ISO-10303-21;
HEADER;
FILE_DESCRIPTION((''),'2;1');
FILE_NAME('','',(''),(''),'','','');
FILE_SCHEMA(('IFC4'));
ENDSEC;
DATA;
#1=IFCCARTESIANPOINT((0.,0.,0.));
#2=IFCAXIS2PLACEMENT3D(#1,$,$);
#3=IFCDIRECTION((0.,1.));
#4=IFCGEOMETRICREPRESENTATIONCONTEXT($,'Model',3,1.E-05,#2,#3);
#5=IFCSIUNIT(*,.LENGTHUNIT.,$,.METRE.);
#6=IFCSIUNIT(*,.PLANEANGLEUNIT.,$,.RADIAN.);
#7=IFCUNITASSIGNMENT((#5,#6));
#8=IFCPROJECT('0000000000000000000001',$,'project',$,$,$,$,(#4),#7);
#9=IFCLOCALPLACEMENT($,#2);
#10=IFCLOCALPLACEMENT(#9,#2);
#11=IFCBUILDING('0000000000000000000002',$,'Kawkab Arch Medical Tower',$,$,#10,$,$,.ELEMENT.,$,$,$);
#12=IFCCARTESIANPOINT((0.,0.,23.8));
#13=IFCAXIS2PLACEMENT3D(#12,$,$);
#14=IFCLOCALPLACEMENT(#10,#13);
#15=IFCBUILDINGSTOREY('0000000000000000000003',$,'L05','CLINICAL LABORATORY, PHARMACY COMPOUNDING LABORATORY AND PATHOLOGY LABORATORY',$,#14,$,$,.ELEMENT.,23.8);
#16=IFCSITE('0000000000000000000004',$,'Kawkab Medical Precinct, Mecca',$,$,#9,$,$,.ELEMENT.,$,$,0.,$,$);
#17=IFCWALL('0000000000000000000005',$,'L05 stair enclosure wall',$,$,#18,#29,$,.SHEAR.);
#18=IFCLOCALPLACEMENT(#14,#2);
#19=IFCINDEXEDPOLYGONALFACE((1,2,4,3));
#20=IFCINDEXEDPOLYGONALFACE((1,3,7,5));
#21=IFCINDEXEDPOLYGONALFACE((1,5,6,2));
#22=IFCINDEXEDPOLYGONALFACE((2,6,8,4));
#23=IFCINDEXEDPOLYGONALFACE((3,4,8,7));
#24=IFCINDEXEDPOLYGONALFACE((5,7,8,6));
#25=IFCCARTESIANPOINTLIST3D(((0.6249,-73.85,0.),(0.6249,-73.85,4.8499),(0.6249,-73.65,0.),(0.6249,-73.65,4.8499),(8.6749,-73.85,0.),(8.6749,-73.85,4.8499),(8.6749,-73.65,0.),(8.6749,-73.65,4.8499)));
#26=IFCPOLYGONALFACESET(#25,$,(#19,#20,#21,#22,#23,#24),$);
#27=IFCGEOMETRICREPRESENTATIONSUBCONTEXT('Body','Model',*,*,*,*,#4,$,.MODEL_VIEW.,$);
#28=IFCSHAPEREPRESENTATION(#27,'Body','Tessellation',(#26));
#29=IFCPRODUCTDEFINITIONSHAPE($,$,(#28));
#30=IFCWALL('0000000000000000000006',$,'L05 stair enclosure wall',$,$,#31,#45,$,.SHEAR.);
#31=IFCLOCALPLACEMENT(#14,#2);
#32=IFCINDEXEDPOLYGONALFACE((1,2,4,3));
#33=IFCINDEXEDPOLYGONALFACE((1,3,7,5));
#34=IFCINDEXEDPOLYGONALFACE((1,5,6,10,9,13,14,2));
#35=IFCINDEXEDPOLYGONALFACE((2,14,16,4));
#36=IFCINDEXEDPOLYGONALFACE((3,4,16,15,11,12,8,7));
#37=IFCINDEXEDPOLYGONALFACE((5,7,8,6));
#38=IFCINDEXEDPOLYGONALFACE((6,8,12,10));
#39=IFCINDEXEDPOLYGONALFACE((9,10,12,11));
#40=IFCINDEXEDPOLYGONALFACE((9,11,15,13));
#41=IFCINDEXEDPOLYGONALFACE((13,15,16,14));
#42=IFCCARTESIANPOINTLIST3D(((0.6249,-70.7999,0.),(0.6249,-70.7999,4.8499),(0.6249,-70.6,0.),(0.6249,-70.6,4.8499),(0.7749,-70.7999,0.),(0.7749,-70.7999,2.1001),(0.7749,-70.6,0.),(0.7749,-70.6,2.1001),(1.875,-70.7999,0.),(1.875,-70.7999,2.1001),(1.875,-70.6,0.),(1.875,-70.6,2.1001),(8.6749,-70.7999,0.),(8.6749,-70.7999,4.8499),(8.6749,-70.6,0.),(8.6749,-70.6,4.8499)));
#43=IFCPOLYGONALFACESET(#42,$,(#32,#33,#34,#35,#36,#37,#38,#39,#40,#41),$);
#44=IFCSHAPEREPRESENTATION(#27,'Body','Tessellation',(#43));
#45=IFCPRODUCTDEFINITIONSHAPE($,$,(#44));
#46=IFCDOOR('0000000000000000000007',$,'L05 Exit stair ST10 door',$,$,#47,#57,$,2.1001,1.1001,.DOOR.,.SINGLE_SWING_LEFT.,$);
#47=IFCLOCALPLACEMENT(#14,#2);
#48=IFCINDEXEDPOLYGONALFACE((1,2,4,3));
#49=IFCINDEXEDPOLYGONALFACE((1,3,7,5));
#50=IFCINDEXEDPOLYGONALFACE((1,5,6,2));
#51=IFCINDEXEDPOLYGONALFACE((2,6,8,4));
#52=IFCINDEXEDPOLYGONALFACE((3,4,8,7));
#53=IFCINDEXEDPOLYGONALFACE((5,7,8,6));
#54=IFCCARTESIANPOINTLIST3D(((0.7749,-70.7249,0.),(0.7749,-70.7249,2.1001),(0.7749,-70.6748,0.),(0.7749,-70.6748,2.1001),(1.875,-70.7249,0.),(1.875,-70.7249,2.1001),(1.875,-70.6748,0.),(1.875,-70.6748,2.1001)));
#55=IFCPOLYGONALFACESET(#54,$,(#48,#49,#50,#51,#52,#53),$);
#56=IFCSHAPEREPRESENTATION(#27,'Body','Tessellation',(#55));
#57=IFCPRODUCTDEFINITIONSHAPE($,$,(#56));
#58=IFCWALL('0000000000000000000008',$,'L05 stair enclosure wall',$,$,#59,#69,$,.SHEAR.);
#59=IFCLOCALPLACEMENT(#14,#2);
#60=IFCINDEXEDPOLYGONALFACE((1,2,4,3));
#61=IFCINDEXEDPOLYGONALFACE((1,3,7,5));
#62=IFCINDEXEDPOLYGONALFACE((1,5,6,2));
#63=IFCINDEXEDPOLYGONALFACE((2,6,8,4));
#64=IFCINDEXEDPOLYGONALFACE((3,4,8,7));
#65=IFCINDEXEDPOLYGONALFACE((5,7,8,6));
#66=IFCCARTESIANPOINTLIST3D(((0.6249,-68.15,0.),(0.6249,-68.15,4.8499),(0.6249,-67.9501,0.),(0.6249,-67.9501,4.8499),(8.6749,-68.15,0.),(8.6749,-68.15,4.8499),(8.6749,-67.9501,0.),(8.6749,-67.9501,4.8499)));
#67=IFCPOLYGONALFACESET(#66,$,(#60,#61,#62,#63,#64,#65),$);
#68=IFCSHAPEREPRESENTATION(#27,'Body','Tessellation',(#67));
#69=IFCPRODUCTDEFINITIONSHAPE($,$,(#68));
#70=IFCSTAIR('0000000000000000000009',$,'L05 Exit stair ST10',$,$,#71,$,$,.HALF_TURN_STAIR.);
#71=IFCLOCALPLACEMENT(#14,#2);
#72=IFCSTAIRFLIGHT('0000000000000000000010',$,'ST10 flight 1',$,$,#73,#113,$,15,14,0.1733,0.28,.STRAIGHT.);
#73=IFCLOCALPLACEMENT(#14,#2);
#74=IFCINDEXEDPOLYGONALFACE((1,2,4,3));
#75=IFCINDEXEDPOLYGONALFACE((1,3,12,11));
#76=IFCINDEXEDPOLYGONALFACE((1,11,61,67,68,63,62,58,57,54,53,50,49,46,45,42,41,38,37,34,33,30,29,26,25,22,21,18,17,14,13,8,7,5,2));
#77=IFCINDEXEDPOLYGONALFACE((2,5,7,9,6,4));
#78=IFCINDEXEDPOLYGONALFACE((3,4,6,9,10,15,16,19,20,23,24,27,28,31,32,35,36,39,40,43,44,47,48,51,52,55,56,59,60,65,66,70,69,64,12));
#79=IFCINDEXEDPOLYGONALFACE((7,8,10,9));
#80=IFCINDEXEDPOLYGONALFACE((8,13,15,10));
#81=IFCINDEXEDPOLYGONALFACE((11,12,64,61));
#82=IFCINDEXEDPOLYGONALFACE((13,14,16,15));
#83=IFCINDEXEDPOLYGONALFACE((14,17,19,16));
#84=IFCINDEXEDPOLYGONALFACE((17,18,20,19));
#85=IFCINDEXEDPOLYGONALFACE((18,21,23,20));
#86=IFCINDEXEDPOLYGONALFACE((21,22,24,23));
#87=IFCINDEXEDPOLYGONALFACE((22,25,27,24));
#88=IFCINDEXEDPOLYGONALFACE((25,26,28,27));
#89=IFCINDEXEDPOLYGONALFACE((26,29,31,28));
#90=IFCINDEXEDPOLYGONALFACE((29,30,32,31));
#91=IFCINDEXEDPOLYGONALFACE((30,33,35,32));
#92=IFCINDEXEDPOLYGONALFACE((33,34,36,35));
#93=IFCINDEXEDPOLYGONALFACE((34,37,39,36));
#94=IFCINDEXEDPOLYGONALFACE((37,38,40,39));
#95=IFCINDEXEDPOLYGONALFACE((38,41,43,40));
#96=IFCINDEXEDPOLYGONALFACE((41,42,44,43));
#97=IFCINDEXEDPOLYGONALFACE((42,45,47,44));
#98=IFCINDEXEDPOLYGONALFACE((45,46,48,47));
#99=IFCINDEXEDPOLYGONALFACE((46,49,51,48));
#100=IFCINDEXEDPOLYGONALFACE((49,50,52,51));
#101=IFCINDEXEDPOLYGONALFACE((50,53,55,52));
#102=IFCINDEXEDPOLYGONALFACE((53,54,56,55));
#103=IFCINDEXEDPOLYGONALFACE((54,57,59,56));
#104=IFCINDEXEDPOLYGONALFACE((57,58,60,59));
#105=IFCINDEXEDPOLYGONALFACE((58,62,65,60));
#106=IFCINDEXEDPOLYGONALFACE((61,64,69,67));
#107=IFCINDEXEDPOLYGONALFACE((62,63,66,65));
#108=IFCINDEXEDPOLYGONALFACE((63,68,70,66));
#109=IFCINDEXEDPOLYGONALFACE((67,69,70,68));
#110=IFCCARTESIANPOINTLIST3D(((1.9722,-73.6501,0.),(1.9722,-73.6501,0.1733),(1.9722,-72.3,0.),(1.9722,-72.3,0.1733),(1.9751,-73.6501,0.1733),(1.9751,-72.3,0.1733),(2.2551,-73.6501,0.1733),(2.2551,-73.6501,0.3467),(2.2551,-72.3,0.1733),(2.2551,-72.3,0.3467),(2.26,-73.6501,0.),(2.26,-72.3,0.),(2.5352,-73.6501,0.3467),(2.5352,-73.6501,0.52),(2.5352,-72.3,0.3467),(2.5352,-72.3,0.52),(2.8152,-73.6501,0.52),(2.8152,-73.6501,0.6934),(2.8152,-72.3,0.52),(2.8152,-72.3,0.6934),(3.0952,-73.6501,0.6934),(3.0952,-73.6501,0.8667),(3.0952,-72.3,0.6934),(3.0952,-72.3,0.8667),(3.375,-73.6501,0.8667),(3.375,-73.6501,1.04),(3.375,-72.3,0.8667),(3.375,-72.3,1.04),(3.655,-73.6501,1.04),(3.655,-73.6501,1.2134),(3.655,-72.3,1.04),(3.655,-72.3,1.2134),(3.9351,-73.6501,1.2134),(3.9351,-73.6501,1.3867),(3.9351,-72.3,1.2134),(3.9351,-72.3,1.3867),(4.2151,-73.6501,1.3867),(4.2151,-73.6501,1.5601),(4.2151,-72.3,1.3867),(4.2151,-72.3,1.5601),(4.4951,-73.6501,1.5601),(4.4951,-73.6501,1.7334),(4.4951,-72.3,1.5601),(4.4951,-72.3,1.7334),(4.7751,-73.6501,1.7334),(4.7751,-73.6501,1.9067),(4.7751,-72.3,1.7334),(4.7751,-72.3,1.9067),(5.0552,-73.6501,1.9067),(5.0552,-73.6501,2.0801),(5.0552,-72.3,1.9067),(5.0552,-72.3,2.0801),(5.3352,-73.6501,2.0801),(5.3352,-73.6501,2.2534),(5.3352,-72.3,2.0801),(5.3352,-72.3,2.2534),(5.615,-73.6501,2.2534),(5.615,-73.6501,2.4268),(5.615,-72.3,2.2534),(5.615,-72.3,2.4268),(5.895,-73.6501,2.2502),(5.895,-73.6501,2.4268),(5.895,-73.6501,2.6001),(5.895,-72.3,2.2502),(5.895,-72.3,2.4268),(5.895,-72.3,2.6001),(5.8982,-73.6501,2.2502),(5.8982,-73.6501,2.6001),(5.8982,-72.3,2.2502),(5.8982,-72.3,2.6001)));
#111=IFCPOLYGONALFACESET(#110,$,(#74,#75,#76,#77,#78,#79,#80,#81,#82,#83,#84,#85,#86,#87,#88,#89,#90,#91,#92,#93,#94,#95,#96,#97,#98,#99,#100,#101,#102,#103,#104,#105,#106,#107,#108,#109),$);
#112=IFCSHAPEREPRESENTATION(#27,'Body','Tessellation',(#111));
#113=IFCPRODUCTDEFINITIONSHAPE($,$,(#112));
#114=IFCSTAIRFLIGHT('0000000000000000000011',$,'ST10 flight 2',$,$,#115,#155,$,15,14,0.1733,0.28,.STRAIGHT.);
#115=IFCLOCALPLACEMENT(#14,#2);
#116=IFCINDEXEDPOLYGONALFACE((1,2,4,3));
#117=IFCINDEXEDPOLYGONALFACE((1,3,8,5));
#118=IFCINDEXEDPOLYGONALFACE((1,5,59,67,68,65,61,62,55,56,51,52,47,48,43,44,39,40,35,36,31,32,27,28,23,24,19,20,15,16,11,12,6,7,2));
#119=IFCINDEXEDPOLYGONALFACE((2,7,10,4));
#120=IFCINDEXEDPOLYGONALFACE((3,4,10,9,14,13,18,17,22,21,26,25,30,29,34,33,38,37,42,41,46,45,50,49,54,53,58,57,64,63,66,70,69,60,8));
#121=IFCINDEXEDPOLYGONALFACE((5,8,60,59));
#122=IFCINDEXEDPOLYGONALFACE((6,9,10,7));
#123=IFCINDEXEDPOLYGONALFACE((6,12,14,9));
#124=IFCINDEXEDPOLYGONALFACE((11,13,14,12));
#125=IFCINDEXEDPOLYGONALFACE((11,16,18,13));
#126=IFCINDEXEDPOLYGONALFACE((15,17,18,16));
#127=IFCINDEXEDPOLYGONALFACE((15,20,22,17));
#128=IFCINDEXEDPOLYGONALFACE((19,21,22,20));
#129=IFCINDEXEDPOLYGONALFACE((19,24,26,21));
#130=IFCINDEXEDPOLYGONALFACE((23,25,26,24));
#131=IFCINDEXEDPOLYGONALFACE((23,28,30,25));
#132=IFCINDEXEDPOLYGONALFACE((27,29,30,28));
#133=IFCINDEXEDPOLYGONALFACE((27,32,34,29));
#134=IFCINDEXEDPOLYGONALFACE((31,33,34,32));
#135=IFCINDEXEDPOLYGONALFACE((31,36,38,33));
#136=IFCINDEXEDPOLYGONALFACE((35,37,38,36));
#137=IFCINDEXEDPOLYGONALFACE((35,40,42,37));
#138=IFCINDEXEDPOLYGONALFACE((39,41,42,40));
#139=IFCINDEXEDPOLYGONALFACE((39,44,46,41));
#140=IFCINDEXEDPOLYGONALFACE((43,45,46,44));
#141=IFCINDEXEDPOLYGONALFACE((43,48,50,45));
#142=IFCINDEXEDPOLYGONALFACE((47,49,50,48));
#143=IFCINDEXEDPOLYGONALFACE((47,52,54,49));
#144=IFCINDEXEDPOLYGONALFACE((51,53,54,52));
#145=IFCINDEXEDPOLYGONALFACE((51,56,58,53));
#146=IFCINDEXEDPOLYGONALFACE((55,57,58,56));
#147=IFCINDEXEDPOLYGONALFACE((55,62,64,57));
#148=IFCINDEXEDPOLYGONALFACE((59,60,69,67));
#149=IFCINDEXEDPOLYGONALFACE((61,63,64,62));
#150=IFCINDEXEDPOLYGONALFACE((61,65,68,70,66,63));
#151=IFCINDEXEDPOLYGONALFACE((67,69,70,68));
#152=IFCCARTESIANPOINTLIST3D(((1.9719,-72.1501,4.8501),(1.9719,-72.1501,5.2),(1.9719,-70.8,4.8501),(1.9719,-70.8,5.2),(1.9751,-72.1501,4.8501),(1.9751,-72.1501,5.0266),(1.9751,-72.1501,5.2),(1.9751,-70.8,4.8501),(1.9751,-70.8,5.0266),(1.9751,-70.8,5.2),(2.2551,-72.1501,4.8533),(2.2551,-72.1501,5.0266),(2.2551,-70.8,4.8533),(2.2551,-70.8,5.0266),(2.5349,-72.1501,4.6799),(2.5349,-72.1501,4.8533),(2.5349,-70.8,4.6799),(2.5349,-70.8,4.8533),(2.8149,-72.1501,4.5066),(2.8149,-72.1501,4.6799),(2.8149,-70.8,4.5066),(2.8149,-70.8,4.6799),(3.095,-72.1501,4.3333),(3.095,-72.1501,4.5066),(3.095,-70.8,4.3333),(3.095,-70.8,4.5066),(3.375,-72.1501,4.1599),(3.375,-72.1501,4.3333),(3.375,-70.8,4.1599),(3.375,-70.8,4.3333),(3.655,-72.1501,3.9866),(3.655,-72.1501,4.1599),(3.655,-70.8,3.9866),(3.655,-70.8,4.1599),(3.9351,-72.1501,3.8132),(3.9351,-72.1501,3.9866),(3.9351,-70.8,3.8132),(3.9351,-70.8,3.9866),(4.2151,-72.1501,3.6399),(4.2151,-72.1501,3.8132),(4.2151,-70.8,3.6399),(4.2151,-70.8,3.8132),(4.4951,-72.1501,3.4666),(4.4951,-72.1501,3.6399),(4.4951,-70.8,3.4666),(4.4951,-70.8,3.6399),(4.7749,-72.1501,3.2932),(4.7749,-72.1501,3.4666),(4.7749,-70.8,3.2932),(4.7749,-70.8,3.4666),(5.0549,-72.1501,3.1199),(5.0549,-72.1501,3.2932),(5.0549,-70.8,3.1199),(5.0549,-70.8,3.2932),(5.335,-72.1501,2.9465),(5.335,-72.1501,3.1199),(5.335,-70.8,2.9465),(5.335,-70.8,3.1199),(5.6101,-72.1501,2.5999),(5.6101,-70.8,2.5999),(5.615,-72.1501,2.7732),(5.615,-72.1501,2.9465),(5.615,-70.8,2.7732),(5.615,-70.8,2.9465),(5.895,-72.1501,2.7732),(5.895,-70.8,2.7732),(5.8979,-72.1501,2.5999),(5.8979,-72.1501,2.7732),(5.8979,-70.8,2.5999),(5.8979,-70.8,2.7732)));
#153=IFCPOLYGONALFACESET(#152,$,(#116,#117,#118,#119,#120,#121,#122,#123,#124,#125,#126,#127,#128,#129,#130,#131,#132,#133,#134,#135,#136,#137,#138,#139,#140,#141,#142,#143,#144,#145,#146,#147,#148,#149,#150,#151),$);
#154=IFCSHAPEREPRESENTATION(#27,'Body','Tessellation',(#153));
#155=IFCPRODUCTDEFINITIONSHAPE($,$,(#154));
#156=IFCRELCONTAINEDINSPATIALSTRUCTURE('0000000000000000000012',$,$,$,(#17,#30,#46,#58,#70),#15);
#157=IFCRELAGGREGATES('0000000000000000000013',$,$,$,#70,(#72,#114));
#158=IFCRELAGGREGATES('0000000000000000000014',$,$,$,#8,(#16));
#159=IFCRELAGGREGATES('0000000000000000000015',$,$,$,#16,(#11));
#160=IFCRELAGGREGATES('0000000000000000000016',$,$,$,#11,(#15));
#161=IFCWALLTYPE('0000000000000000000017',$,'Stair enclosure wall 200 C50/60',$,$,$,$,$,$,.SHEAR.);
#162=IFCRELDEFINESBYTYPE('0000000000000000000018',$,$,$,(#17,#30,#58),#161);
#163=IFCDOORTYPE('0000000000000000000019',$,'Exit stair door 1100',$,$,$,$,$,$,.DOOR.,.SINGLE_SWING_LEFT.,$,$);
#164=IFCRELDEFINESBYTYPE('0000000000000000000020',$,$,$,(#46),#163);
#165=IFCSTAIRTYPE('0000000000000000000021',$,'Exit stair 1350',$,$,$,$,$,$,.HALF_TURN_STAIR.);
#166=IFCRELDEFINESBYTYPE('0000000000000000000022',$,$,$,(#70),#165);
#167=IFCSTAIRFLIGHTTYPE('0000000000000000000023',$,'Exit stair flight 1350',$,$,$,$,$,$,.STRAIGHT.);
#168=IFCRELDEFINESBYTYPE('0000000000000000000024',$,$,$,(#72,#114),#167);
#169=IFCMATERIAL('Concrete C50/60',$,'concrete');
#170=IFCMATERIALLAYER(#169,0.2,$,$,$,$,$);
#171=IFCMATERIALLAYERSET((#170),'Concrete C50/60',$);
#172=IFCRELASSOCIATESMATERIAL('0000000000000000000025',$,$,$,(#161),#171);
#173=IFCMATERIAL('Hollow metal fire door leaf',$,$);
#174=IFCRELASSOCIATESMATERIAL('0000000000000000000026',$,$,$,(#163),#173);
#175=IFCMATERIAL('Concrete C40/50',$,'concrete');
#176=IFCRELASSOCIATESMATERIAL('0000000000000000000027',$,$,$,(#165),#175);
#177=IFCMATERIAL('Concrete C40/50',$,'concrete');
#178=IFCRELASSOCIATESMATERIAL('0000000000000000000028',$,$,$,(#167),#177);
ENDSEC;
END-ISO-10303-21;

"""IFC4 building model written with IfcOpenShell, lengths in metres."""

from ifc_helpers import new_model, si_unit, direction, frame, frame_2d, origin, place, context, subcontext, project, spatial, polyline, rectangle, outline, extrude, material, layer, layer_set, type_object, element, fill, aggregate, save


model = new_model("IFC4")

# Units and contexts
model_context = context("Model", 3, precision=1e-05, world=origin(), true_north=direction((0.0, 1.0)))
body_context = subcontext(model_context, "Body", "Model", "MODEL_VIEW")
ifc_project = project(units=[si_unit("LENGTHUNIT", "METRE"), si_unit("PLANEANGLEUNIT", "RADIAN")], contexts=[model_context])

# Site, building, storey
site_placement = place(None, origin())
site = spatial("IfcSite", under=ifc_project, at=site_placement, Name="Kawkab Medical Precinct, Mecca", CompositionType="ELEMENT", RefElevation=0.0)
building_placement = place(site_placement, origin())
building = spatial("IfcBuilding", under=site, at=building_placement, Name="Kawkab Arch Medical Tower", CompositionType="ELEMENT")
storey_placement = place(building_placement, frame((0.0, 0.0, 23.8)))
storey = spatial("IfcBuildingStorey", under=building, at=storey_placement, Name="L05", Description="CLINICAL LABORATORY, PHARMACY COMPOUNDING LABORATORY AND PATHOLOGY LABORATORY", CompositionType="ELEMENT", Elevation=23.8)

# Wall
ifc_material_1 = material(Name="Concrete C50/60", Category="concrete")
ifc_layer = layer(ifc_material_1, 0.2)
ifc_layer_set = layer_set([ifc_layer], Name="Concrete C50/60")
wall_type = type_object("IfcWallType", Name="Stair enclosure wall 200 C50/60", PredefinedType="SHEAR", material=ifc_layer_set)
wall_1_placement = place(storey_placement, frame((0.625, -73.75, 0.0), z_axis=(0.0, 0.0, 1.0), x_axis=(1.0, 0.0, 0.0)))
element("IfcWall", 1, at=wall_1_placement, inside=storey, type_object=wall_type, Name="L05 stair enclosure wall", PredefinedType="SHEAR", context=body_context, shape_type="SweptSolid", body=[
    extrude(rectangle(XDim=8.05, YDim=0.2, at=frame_2d((4.0249, 0.0))), origin(), (0.0, 0.0, 1.0), 4.8499),
])

# Wall, opening, door
wall_2_placement = place(storey_placement, frame((0.625, -70.7, 0.0), z_axis=(0.0, 0.0, 1.0), x_axis=(1.0, 0.0, 0.0)))
wall_2 = element("IfcWall", 2, at=wall_2_placement, inside=storey, type_object=wall_type, Name="L05 stair enclosure wall", PredefinedType="SHEAR", context=body_context, shape_type="SweptSolid", body=[
    extrude(rectangle(XDim=8.05, YDim=0.2, at=frame_2d((4.0249, 0.0))), origin(), (0.0, 0.0, 1.0), 4.8499),
])
opening_placement = place(wall_2_placement, frame((0.1499, 0.0, 0.0)))
opening = element("IfcOpeningElement", 3, at=opening_placement, cuts=wall_2, PredefinedType="OPENING", context=body_context, shape_type="SweptSolid", body=[
    extrude(rectangle(XDim=1.1001, YDim=2.1001, at=frame_2d((0.55, 1.05))), frame((0.0, 0.1099, 0.0), z_axis=(0.0, -1.0, 0.0), x_axis=(1.0, 0.0, 0.0)), (0.0, 0.0, 1.0), 0.22),
])
ifc_material_2 = material(Name="Hollow metal fire door leaf")
door_type = type_object("IfcDoorType", Name="Exit stair door 1100", OperationType="SINGLE_SWING_LEFT", PredefinedType="DOOR", material=ifc_material_2)
door_placement = place(opening_placement, frame((1.1001, 0.0, 0.0), z_axis=(0.0, 0.0, 1.0), x_axis=(-1.0, 0.0, 0.0)))
door = element("IfcDoor", 4, at=door_placement, inside=storey, type_object=door_type, Name="L05 Exit stair ST10 door", OperationType="SINGLE_SWING_LEFT", OverallHeight=2.1001, OverallWidth=1.1001, PredefinedType="DOOR", context=body_context, shape_type="SweptSolid", body=[
    extrude(rectangle(XDim=1.1001, YDim=2.1001, at=frame_2d((0.55, 1.05))), frame((0.0, 0.0249, 0.0), z_axis=(0.0, -1.0, 0.0), x_axis=(1.0, 0.0, 0.0)), (0.0, 0.0, 1.0), 0.05),
])
fill(opening, door)

# Wall
wall_3_placement = place(storey_placement, frame((0.625, -68.05, 0.0), z_axis=(0.0, 0.0, 1.0), x_axis=(1.0, 0.0, 0.0)))
element("IfcWall", 5, at=wall_3_placement, inside=storey, type_object=wall_type, Name="L05 stair enclosure wall", PredefinedType="SHEAR", context=body_context, shape_type="SweptSolid", body=[
    extrude(rectangle(XDim=8.05, YDim=0.2, at=frame_2d((4.0249, 0.0))), origin(), (0.0, 0.0, 1.0), 4.8499),
])

# Stair, stair flights
ifc_material_3 = material(Name="Concrete C40/50", Category="concrete")
stair_type = type_object("IfcStairType", Name="Exit stair 1350", PredefinedType="HALF_TURN_STAIR", material=ifc_material_3)
stair_placement = place(storey_placement, origin())
stair = element("IfcStair", 6, at=stair_placement, inside=storey, type_object=stair_type, Name="L05 Exit stair ST10", PredefinedType="HALF_TURN_STAIR")
ifc_material_4 = material(Name="Concrete C40/50", Category="concrete")
stair_flight_type = type_object("IfcStairFlightType", Name="Exit stair flight 1350", PredefinedType="STRAIGHT", material=ifc_material_4)
stair_flight_1_placement = place(storey_placement, frame((1.9751, -72.9751, 0.0), z_axis=(0.0, 0.0, 1.0), x_axis=(1.0, 0.0, 0.0)))
stair_flight_1 = element("IfcStairFlight", 7, at=stair_flight_1_placement, type_object=stair_flight_type, Name="ST10 flight 1", NumberOfRisers=15, NumberOfTreads=14, PredefinedType="STRAIGHT", RiserHeight=0.1733, TreadLength=0.28, context=body_context, shape_type="SweptSolid", body=[
    extrude(outline(polyline([(-0.0029, 0.0), (-0.0029, 0.1733), (0.0, 0.1733), (0.28, 0.1733), (0.28, 0.3467), (0.5601, 0.3467), (0.5601, 0.52), (0.8401, 0.52), (0.8401, 0.6934), (1.1201, 0.6934), (1.1201, 0.8667), (1.3999, 0.8667), (1.3999, 1.04), (1.6799, 1.04), (1.6799, 1.2134), (1.96, 1.2134), (1.96, 1.3867), (2.24, 1.3867), (2.24, 1.5601), (2.52, 1.5601), (2.52, 1.7334), (2.8, 1.7334), (2.8, 1.9067), (3.0801, 1.9067), (3.0801, 2.0801), (3.3601, 2.0801), (3.3601, 2.2534), (3.6399, 2.2534), (3.6399, 2.4268), (3.9199, 2.4268), (3.9199, 2.6001), (3.9231, 2.6001), (3.9231, 2.2502), (3.9199, 2.2502), (0.2849, 0.0), (-0.0029, 0.0)])), frame((0.0, 0.675, 0.0), z_axis=(0.0, -1.0, 0.0), x_axis=(1.0, 0.0, 0.0)), (0.0, 0.0, 1.0), 1.3501),
])
stair_flight_2_placement = place(storey_placement, frame((5.895, -71.4751, 2.5999), z_axis=(0.0, 0.0, 1.0), x_axis=(-1.0, 0.0, 0.0)))
stair_flight_2 = element("IfcStairFlight", 8, at=stair_flight_2_placement, type_object=stair_flight_type, Name="ST10 flight 2", NumberOfRisers=15, NumberOfTreads=14, PredefinedType="STRAIGHT", RiserHeight=0.1733, TreadLength=0.28, context=body_context, shape_type="SweptSolid", body=[
    extrude(outline(polyline([(-0.0029, 0.0), (-0.0029, 0.1733), (0.0, 0.1733), (0.28, 0.1733), (0.28, 0.3467), (0.5601, 0.3467), (0.5601, 0.52), (0.8401, 0.52), (0.8401, 0.6934), (1.1201, 0.6934), (1.1201, 0.8667), (1.3999, 0.8667), (1.3999, 1.04), (1.6799, 1.04), (1.6799, 1.2134), (1.96, 1.2134), (1.96, 1.3867), (2.24, 1.3867), (2.24, 1.5601), (2.52, 1.5601), (2.52, 1.7334), (2.8, 1.7334), (2.8, 1.9067), (3.0801, 1.9067), (3.0801, 2.0801), (3.3601, 2.0801), (3.3601, 2.2534), (3.6399, 2.2534), (3.6399, 2.4268), (3.9199, 2.4268), (3.9199, 2.6001), (3.9231, 2.6001), (3.9231, 2.2502), (3.9199, 2.2502), (0.2849, 0.0), (-0.0029, 0.0)])), frame((0.0, 0.675, 0.0), z_axis=(0.0, -1.0, 0.0), x_axis=(1.0, 0.0, 0.0)), (0.0, 0.0, 1.0), 1.3501),
])
aggregate(stair, [stair_flight_1, stair_flight_2])

save(model, "model.ifc")
